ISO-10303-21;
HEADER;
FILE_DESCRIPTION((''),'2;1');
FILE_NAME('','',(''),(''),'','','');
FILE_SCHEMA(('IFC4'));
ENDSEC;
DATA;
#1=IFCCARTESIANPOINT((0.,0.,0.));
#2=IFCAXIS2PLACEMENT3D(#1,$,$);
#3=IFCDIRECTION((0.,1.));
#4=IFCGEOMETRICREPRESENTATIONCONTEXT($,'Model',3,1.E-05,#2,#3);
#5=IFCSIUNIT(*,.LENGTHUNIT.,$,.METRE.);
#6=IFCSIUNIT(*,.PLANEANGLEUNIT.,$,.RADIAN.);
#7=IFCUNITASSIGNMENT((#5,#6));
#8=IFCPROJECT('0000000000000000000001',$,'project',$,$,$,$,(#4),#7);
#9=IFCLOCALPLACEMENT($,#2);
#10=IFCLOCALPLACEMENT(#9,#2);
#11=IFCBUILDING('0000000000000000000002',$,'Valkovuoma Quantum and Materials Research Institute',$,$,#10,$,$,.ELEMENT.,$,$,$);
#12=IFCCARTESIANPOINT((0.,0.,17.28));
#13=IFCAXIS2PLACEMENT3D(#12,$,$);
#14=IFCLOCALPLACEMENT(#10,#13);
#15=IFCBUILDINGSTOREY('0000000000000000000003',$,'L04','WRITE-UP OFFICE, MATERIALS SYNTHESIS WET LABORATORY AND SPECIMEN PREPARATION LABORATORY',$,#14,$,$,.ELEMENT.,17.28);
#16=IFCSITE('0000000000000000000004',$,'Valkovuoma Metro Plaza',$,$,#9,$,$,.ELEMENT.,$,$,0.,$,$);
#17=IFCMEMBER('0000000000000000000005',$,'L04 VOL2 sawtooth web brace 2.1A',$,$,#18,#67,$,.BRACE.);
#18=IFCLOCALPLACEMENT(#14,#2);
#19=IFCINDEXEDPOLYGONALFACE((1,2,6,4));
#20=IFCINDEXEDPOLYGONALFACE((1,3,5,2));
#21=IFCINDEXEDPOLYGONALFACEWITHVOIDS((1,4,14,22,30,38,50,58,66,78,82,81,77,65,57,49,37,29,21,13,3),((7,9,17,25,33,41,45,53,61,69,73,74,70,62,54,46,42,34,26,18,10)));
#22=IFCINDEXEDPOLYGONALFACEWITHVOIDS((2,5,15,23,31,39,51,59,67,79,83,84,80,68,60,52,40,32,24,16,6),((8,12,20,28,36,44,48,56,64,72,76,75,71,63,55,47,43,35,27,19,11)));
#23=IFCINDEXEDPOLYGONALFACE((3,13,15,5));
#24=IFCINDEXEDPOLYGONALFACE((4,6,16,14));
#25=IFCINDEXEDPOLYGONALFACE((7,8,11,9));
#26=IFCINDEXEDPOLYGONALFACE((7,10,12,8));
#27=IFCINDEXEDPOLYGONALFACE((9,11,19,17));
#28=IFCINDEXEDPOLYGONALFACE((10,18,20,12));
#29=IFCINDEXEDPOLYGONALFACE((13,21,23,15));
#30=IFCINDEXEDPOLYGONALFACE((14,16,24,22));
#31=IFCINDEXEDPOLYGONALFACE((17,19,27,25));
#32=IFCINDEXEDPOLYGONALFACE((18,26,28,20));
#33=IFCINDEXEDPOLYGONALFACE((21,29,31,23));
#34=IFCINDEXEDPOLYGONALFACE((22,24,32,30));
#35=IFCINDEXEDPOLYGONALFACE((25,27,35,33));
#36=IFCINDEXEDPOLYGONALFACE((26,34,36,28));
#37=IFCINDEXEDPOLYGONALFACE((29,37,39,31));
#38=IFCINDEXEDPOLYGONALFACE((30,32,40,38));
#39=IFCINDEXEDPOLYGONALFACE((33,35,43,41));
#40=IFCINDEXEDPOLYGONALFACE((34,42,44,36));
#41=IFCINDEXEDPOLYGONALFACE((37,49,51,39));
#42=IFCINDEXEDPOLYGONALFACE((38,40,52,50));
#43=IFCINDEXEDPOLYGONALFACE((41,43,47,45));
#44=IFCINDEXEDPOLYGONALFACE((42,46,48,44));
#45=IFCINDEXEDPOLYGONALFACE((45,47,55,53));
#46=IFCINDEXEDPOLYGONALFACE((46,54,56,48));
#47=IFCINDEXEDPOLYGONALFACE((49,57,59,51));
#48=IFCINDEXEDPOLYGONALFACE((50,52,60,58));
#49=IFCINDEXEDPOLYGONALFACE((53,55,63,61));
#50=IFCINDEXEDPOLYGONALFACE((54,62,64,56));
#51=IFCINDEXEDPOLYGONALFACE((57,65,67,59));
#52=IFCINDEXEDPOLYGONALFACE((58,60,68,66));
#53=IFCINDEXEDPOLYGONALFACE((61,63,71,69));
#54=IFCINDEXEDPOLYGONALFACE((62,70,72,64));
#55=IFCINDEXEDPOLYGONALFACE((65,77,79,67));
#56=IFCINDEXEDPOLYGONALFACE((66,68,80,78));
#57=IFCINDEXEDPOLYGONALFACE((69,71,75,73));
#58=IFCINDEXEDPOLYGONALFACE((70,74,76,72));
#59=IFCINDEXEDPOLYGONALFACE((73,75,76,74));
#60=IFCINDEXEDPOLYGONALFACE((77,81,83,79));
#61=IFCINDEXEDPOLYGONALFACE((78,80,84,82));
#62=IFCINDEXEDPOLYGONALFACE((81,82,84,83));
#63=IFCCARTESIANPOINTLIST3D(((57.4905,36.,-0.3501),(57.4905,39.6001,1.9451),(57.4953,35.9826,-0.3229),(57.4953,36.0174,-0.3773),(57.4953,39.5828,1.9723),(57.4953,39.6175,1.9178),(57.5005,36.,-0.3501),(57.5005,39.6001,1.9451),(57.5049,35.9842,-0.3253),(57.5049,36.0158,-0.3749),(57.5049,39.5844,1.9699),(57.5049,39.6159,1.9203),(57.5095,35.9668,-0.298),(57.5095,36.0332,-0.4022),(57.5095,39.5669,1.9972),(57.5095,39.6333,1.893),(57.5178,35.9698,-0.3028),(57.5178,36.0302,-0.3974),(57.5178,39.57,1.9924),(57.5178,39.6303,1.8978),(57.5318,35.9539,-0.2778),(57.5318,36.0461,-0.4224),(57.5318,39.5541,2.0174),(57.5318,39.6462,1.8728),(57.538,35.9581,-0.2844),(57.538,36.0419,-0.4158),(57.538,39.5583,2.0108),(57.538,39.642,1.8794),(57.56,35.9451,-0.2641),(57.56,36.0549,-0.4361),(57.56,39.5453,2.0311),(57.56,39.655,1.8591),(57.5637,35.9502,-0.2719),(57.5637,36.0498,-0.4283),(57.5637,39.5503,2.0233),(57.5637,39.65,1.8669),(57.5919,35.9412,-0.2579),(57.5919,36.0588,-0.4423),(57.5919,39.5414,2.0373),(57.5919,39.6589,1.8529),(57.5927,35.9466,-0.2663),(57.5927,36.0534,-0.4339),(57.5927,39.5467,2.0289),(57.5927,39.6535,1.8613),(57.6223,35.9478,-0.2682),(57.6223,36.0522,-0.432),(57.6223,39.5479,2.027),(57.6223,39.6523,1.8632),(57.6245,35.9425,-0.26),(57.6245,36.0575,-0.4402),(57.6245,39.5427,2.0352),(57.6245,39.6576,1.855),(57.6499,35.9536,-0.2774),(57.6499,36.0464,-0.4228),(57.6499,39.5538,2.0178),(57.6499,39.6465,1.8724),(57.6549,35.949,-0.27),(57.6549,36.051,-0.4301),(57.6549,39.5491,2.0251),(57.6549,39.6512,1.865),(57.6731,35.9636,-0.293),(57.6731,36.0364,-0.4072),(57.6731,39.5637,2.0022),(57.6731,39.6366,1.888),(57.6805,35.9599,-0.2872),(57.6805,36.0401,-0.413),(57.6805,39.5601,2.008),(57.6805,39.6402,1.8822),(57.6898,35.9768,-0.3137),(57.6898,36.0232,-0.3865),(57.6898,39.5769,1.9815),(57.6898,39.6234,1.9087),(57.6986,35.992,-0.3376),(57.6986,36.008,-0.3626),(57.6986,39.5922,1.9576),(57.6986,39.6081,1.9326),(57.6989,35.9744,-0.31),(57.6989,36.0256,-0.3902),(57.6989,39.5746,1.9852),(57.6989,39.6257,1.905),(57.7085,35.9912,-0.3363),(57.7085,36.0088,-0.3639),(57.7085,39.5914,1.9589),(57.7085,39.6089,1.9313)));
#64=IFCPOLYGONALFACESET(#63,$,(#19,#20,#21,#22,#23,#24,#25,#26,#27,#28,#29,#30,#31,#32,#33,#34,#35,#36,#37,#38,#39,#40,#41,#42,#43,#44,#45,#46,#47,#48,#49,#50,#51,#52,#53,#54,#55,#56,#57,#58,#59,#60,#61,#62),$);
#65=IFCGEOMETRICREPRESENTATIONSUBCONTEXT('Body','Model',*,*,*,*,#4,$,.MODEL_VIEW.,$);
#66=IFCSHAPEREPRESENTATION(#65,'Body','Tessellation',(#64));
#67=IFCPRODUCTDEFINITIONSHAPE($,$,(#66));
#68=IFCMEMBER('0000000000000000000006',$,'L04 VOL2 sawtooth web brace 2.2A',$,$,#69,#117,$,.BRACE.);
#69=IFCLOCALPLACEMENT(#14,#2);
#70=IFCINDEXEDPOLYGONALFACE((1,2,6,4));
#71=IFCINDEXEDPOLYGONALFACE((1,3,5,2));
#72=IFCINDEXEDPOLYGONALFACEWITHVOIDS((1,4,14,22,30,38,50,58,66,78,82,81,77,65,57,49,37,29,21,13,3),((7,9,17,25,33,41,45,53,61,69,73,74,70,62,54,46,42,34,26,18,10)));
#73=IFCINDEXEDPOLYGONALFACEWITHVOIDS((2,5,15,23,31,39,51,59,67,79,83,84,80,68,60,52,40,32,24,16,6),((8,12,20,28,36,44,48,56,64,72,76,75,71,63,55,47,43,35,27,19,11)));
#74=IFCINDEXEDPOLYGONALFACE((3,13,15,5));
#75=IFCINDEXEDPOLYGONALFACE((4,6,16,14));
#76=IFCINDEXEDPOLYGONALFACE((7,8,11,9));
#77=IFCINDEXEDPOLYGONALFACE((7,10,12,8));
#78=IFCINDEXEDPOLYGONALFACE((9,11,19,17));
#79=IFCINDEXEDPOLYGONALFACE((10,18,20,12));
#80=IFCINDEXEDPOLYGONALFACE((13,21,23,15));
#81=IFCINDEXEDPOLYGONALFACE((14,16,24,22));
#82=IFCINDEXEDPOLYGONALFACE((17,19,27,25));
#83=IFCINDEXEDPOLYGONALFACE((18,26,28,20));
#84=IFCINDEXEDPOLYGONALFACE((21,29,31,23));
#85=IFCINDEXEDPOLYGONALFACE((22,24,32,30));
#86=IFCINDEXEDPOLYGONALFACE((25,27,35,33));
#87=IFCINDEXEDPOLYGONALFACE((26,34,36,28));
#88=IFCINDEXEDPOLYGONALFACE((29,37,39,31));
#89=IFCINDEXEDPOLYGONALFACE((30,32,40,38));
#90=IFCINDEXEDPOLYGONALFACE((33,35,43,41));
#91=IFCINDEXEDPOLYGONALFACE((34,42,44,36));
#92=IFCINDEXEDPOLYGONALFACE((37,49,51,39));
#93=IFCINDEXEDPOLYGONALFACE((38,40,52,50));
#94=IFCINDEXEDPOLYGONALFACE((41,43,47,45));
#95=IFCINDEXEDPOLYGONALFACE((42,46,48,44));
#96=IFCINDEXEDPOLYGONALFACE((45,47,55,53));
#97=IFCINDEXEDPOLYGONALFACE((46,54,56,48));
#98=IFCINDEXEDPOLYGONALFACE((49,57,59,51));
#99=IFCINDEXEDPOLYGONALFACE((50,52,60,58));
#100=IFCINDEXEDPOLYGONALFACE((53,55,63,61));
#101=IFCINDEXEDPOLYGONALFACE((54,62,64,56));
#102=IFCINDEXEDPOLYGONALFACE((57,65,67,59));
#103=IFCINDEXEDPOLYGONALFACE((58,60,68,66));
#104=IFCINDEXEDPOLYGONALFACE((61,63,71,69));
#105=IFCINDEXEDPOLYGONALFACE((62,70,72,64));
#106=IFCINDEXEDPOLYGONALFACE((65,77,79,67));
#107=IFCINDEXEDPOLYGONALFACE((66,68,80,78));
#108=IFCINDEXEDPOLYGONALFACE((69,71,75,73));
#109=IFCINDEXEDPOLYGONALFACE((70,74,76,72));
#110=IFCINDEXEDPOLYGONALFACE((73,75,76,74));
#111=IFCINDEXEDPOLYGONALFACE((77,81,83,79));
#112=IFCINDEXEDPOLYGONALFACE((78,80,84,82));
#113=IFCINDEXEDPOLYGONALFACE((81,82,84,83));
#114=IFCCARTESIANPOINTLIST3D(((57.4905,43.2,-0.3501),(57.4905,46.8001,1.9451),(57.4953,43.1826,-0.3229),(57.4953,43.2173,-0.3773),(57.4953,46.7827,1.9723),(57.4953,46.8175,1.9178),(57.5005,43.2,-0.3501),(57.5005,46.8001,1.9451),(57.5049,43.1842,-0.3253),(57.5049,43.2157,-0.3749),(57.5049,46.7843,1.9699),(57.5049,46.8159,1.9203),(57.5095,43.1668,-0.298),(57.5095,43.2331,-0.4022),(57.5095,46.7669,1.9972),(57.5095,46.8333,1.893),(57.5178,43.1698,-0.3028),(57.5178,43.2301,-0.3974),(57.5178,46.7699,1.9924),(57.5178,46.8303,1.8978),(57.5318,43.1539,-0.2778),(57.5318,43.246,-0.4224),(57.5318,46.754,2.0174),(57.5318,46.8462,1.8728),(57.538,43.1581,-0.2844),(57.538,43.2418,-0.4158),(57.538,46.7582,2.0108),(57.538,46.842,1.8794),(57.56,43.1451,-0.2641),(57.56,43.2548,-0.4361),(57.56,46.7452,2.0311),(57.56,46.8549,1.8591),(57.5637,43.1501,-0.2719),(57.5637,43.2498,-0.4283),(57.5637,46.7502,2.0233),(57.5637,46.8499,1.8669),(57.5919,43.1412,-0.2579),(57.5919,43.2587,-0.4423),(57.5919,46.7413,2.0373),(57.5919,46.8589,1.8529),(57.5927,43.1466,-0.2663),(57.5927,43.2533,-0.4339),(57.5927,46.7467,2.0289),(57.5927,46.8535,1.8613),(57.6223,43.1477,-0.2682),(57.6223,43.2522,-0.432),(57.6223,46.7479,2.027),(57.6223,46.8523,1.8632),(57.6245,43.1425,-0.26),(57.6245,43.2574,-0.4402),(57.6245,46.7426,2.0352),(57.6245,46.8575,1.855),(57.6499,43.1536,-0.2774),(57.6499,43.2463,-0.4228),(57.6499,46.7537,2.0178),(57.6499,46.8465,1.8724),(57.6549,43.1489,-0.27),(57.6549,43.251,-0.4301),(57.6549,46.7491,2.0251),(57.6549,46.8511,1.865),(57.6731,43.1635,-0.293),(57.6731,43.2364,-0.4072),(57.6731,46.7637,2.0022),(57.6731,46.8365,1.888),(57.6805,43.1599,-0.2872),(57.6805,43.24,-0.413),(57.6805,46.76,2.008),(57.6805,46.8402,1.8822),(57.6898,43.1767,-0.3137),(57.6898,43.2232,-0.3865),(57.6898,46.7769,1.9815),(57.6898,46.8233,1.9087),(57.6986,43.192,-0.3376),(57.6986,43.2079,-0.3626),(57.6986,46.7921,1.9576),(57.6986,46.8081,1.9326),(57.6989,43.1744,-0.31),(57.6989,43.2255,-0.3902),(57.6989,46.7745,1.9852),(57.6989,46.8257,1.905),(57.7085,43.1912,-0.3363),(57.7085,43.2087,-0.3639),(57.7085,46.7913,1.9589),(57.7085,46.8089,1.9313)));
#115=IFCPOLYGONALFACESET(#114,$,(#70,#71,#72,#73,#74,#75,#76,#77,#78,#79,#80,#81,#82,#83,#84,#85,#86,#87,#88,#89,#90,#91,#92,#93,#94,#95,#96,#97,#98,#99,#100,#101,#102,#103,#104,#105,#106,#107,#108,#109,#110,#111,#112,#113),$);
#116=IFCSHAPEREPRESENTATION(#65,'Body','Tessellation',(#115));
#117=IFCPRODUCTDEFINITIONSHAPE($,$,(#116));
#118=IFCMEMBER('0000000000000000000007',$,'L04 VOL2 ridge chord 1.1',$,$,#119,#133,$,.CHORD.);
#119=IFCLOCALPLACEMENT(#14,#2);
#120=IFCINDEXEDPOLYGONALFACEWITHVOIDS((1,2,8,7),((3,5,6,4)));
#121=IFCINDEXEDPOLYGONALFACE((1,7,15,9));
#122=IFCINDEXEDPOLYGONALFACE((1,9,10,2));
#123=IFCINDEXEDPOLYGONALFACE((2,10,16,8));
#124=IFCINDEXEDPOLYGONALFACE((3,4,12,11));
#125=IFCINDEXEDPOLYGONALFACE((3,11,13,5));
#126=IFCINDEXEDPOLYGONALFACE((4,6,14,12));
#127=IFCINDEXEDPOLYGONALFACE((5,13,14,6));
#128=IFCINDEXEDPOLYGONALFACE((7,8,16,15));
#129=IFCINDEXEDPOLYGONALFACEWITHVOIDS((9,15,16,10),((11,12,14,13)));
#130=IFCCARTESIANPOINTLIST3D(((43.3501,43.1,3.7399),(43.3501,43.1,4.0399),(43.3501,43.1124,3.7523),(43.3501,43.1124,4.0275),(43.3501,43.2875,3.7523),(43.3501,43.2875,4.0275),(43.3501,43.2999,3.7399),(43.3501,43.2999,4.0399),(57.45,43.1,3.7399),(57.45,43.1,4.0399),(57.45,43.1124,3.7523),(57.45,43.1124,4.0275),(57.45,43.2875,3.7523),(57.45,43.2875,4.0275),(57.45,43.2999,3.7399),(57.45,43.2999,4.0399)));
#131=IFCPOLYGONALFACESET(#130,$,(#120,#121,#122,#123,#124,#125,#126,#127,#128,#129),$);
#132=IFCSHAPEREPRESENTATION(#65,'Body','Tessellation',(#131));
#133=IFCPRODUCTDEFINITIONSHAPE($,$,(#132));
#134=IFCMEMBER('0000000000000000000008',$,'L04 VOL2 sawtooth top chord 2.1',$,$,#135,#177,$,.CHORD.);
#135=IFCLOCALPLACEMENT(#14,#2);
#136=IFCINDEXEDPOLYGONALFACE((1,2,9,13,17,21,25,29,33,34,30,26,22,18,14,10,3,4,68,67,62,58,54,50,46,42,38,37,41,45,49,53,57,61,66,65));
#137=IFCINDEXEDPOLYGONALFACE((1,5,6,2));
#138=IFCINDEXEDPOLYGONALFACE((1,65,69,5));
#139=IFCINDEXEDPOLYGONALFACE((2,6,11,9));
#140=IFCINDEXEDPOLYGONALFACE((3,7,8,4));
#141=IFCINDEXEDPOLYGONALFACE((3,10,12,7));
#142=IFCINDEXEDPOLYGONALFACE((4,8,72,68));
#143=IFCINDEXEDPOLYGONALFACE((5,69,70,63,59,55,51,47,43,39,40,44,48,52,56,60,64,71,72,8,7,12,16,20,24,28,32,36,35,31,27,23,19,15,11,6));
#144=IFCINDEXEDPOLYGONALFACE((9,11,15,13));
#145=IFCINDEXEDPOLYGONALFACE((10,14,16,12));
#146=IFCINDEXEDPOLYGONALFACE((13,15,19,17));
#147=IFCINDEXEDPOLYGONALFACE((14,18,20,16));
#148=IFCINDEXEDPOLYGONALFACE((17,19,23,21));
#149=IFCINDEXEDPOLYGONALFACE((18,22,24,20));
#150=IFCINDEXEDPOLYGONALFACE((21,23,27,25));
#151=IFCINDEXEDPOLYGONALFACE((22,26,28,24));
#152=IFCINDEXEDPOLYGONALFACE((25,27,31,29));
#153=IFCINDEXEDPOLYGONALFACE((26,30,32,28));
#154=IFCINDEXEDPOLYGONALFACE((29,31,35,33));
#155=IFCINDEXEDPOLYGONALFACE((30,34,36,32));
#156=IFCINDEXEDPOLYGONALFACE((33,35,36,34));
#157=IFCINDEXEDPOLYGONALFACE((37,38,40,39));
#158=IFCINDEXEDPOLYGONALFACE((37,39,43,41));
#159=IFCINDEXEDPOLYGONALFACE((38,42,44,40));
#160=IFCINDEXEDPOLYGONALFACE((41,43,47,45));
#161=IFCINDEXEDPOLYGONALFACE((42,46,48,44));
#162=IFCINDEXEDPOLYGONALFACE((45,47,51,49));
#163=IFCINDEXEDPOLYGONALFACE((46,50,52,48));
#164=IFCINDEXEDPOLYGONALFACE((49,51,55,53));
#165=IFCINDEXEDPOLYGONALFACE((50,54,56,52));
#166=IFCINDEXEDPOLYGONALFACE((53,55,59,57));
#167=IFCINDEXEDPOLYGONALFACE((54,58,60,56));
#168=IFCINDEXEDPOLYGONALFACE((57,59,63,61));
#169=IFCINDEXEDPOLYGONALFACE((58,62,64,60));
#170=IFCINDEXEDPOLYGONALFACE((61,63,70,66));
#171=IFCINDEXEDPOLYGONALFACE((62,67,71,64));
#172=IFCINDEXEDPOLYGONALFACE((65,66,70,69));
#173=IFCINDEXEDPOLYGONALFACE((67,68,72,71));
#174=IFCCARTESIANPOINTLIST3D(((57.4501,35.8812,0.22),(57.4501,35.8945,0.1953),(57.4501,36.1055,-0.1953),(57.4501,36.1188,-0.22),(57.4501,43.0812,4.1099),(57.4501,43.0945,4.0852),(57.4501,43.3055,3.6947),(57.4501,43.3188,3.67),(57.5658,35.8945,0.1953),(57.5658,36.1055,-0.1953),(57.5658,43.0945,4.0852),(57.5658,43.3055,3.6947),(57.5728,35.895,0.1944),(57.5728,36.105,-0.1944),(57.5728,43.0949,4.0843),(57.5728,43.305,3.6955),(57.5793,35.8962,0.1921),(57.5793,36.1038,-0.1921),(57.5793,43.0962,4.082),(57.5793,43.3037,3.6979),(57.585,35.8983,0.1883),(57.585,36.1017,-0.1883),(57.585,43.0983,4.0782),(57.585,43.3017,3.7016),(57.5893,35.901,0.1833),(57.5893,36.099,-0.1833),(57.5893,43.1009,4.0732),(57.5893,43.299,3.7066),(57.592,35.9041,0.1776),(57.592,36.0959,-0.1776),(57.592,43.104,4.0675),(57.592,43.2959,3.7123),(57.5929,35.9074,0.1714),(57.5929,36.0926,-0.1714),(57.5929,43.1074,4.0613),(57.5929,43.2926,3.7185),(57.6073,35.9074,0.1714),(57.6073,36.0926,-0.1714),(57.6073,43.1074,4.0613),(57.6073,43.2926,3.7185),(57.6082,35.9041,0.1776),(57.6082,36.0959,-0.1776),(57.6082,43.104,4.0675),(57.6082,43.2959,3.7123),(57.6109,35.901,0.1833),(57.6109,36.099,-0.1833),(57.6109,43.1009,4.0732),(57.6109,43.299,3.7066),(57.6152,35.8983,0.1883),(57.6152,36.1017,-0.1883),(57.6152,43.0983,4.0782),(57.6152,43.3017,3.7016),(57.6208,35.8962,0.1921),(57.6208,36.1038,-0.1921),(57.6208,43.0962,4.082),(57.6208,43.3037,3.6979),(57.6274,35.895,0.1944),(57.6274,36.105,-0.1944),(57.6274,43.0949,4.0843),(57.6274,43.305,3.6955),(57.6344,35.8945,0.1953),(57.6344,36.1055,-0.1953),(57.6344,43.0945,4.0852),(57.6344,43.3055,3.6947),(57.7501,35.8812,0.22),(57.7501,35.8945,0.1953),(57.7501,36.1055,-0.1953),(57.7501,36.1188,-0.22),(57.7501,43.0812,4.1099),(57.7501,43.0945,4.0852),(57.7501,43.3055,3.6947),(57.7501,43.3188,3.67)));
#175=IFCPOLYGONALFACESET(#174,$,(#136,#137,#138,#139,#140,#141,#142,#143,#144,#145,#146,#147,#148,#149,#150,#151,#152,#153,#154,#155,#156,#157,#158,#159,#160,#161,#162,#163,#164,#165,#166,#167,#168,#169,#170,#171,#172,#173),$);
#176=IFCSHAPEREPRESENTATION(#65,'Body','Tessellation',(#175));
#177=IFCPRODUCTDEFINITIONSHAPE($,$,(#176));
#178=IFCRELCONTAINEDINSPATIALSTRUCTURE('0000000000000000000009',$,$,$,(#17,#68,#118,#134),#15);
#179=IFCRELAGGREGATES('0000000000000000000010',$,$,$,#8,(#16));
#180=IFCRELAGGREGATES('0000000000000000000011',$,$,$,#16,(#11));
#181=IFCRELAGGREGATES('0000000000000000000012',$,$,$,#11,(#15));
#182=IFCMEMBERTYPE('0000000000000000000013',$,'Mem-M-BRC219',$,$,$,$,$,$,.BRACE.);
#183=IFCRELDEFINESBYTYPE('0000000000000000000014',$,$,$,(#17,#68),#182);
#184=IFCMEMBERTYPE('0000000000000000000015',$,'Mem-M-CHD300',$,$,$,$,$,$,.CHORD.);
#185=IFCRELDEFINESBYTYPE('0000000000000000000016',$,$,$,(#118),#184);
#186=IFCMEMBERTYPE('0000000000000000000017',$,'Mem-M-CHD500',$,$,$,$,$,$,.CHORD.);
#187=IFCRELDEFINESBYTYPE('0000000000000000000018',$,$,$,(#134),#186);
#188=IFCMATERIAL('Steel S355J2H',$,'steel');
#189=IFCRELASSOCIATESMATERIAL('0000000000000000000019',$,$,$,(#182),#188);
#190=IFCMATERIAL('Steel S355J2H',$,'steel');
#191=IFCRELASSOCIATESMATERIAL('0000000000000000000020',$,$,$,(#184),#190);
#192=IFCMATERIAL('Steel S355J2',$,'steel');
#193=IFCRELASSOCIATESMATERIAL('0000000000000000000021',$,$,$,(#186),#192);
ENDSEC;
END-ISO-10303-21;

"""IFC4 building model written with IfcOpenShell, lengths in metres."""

from ifc_helpers import new_model, si_unit, direction, frame, origin, origin_2d, place, context, subcontext, project, spatial, hollow_rectangle, hollow_circle, i_section, extrude, material, material_profile, profile_set, type_object, element, save


model = new_model("IFC4")

# Units and contexts
model_context = context("Model", 3, precision=1e-05, world=origin(), true_north=direction((0.0, 1.0)))
body_context = subcontext(model_context, "Body", "Model", "MODEL_VIEW")
ifc_project = project(units=[si_unit("LENGTHUNIT", "METRE"), si_unit("PLANEANGLEUNIT", "RADIAN")], contexts=[model_context])

# Site, building, storey
site_placement = place(None, origin())
site = spatial("IfcSite", under=ifc_project, at=site_placement, Name="Valkovuoma Metro Plaza", CompositionType="ELEMENT", RefElevation=0.0)
building_placement = place(site_placement, origin())
building = spatial("IfcBuilding", under=site, at=building_placement, Name="Valkovuoma Quantum and Materials Research Institute", CompositionType="ELEMENT")
storey_placement = place(building_placement, frame((0.0, 0.0, 17.28)))
storey = spatial("IfcBuildingStorey", under=building, at=storey_placement, Name="L04", Description="WRITE-UP OFFICE, MATERIALS SYNTHESIS WET LABORATORY AND SPECIMEN PREPARATION LABORATORY", CompositionType="ELEMENT", Elevation=17.28)

# Members
ifc_material_1 = material(Name="Steel S355J2H", Category="steel")
ifc_material_profile_1 = material_profile(ifc_material_1, hollow_circle(Radius=0.1096, WallThickness=0.01, at=origin_2d()), Name="Steel S355J2H")
ifc_profile_set_1 = profile_set([ifc_material_profile_1], Name="Steel S355J2H")
member_type_1 = type_object("IfcMemberType", Name="Mem-M-BRC219", PredefinedType="BRACE", material=ifc_profile_set_1)
for number, where, z_axis, x_axis, name in (
    (1, (57.6001, 36.0, -0.3501), (0.0, 0.843216, 0.537575), (-1.0, 0.0, 0.0), "L04 VOL2 sawtooth web brace 2.1A"),
    (2, (57.6001, 43.2, -0.3501), (0.0, 0.843216, 0.537575), (-1.0, 0.0, 0.0), "L04 VOL2 sawtooth web brace 2.2A"),
):
    element("IfcMember", number, at=place(storey_placement, frame(where, z_axis=z_axis, x_axis=x_axis)), inside=storey, type_object=member_type_1, Name=name, PredefinedType="BRACE", context=body_context, shape_type="SweptSolid", body=[
        extrude(hollow_circle(Radius=0.1096, WallThickness=0.01, at=origin_2d()), origin(), (0.0, 0.0, 1.0), 4.2695),
    ])
ifc_material_2 = material(Name="Steel S355J2H", Category="steel")
ifc_material_profile_2 = material_profile(ifc_material_2, hollow_rectangle(XDim=0.2, YDim=0.3, WallThickness=0.0125, at=origin_2d()), Name="Steel S355J2H")
ifc_profile_set_2 = profile_set([ifc_material_profile_2], Name="Steel S355J2H")
member_type_2 = type_object("IfcMemberType", Name="Mem-M-CHD300", PredefinedType="CHORD", material=ifc_profile_set_2)
member_1_placement = place(storey_placement, frame((43.3501, 43.2, 3.8899), z_axis=(1.0, 0.0, 0.0), x_axis=(0.0, 1.0, 0.0)))
element("IfcMember", 3, at=member_1_placement, inside=storey, type_object=member_type_2, Name="L04 VOL2 ridge chord 1.1", PredefinedType="CHORD", context=body_context, shape_type="SweptSolid", body=[
    extrude(hollow_rectangle(XDim=0.2, YDim=0.3, WallThickness=0.0125, at=origin_2d()), origin(), (0.0, 0.0, 1.0), 14.0999),
])
ifc_material_3 = material(Name="Steel S355J2", Category="steel")
ifc_material_profile_3 = material_profile(ifc_material_3, i_section(OverallWidth=0.3, OverallDepth=0.5, WebThickness=0.0144, FlangeThickness=0.0281, FilletRadius=0.0271, at=origin_2d()), Name="Steel S355J2")
ifc_profile_set_3 = profile_set([ifc_material_profile_3], Name="Steel S355J2")
member_type_3 = type_object("IfcMemberType", Name="Mem-M-CHD500", PredefinedType="CHORD", material=ifc_profile_set_3)
for number, where, z_axis, x_axis, name in (
    (4, (57.6001, 36.0, 0.0), (0.0, 0.879807, 0.47533), (-1.0, 0.0, 0.0), "L04 VOL2 sawtooth top chord 2.1"),
):
    element("IfcMember", number, at=place(storey_placement, frame(where, z_axis=z_axis, x_axis=x_axis)), inside=storey, type_object=member_type_3, Name=name, PredefinedType="CHORD", context=body_context, shape_type="SweptSolid", body=[
        extrude(i_section(OverallWidth=0.3, OverallDepth=0.5, WebThickness=0.0144, FlangeThickness=0.0281, FilletRadius=0.0271, at=origin_2d()), origin(), (0.0, 0.0, 1.0), 8.1836),
    ])

save(model, "model.ifc")
